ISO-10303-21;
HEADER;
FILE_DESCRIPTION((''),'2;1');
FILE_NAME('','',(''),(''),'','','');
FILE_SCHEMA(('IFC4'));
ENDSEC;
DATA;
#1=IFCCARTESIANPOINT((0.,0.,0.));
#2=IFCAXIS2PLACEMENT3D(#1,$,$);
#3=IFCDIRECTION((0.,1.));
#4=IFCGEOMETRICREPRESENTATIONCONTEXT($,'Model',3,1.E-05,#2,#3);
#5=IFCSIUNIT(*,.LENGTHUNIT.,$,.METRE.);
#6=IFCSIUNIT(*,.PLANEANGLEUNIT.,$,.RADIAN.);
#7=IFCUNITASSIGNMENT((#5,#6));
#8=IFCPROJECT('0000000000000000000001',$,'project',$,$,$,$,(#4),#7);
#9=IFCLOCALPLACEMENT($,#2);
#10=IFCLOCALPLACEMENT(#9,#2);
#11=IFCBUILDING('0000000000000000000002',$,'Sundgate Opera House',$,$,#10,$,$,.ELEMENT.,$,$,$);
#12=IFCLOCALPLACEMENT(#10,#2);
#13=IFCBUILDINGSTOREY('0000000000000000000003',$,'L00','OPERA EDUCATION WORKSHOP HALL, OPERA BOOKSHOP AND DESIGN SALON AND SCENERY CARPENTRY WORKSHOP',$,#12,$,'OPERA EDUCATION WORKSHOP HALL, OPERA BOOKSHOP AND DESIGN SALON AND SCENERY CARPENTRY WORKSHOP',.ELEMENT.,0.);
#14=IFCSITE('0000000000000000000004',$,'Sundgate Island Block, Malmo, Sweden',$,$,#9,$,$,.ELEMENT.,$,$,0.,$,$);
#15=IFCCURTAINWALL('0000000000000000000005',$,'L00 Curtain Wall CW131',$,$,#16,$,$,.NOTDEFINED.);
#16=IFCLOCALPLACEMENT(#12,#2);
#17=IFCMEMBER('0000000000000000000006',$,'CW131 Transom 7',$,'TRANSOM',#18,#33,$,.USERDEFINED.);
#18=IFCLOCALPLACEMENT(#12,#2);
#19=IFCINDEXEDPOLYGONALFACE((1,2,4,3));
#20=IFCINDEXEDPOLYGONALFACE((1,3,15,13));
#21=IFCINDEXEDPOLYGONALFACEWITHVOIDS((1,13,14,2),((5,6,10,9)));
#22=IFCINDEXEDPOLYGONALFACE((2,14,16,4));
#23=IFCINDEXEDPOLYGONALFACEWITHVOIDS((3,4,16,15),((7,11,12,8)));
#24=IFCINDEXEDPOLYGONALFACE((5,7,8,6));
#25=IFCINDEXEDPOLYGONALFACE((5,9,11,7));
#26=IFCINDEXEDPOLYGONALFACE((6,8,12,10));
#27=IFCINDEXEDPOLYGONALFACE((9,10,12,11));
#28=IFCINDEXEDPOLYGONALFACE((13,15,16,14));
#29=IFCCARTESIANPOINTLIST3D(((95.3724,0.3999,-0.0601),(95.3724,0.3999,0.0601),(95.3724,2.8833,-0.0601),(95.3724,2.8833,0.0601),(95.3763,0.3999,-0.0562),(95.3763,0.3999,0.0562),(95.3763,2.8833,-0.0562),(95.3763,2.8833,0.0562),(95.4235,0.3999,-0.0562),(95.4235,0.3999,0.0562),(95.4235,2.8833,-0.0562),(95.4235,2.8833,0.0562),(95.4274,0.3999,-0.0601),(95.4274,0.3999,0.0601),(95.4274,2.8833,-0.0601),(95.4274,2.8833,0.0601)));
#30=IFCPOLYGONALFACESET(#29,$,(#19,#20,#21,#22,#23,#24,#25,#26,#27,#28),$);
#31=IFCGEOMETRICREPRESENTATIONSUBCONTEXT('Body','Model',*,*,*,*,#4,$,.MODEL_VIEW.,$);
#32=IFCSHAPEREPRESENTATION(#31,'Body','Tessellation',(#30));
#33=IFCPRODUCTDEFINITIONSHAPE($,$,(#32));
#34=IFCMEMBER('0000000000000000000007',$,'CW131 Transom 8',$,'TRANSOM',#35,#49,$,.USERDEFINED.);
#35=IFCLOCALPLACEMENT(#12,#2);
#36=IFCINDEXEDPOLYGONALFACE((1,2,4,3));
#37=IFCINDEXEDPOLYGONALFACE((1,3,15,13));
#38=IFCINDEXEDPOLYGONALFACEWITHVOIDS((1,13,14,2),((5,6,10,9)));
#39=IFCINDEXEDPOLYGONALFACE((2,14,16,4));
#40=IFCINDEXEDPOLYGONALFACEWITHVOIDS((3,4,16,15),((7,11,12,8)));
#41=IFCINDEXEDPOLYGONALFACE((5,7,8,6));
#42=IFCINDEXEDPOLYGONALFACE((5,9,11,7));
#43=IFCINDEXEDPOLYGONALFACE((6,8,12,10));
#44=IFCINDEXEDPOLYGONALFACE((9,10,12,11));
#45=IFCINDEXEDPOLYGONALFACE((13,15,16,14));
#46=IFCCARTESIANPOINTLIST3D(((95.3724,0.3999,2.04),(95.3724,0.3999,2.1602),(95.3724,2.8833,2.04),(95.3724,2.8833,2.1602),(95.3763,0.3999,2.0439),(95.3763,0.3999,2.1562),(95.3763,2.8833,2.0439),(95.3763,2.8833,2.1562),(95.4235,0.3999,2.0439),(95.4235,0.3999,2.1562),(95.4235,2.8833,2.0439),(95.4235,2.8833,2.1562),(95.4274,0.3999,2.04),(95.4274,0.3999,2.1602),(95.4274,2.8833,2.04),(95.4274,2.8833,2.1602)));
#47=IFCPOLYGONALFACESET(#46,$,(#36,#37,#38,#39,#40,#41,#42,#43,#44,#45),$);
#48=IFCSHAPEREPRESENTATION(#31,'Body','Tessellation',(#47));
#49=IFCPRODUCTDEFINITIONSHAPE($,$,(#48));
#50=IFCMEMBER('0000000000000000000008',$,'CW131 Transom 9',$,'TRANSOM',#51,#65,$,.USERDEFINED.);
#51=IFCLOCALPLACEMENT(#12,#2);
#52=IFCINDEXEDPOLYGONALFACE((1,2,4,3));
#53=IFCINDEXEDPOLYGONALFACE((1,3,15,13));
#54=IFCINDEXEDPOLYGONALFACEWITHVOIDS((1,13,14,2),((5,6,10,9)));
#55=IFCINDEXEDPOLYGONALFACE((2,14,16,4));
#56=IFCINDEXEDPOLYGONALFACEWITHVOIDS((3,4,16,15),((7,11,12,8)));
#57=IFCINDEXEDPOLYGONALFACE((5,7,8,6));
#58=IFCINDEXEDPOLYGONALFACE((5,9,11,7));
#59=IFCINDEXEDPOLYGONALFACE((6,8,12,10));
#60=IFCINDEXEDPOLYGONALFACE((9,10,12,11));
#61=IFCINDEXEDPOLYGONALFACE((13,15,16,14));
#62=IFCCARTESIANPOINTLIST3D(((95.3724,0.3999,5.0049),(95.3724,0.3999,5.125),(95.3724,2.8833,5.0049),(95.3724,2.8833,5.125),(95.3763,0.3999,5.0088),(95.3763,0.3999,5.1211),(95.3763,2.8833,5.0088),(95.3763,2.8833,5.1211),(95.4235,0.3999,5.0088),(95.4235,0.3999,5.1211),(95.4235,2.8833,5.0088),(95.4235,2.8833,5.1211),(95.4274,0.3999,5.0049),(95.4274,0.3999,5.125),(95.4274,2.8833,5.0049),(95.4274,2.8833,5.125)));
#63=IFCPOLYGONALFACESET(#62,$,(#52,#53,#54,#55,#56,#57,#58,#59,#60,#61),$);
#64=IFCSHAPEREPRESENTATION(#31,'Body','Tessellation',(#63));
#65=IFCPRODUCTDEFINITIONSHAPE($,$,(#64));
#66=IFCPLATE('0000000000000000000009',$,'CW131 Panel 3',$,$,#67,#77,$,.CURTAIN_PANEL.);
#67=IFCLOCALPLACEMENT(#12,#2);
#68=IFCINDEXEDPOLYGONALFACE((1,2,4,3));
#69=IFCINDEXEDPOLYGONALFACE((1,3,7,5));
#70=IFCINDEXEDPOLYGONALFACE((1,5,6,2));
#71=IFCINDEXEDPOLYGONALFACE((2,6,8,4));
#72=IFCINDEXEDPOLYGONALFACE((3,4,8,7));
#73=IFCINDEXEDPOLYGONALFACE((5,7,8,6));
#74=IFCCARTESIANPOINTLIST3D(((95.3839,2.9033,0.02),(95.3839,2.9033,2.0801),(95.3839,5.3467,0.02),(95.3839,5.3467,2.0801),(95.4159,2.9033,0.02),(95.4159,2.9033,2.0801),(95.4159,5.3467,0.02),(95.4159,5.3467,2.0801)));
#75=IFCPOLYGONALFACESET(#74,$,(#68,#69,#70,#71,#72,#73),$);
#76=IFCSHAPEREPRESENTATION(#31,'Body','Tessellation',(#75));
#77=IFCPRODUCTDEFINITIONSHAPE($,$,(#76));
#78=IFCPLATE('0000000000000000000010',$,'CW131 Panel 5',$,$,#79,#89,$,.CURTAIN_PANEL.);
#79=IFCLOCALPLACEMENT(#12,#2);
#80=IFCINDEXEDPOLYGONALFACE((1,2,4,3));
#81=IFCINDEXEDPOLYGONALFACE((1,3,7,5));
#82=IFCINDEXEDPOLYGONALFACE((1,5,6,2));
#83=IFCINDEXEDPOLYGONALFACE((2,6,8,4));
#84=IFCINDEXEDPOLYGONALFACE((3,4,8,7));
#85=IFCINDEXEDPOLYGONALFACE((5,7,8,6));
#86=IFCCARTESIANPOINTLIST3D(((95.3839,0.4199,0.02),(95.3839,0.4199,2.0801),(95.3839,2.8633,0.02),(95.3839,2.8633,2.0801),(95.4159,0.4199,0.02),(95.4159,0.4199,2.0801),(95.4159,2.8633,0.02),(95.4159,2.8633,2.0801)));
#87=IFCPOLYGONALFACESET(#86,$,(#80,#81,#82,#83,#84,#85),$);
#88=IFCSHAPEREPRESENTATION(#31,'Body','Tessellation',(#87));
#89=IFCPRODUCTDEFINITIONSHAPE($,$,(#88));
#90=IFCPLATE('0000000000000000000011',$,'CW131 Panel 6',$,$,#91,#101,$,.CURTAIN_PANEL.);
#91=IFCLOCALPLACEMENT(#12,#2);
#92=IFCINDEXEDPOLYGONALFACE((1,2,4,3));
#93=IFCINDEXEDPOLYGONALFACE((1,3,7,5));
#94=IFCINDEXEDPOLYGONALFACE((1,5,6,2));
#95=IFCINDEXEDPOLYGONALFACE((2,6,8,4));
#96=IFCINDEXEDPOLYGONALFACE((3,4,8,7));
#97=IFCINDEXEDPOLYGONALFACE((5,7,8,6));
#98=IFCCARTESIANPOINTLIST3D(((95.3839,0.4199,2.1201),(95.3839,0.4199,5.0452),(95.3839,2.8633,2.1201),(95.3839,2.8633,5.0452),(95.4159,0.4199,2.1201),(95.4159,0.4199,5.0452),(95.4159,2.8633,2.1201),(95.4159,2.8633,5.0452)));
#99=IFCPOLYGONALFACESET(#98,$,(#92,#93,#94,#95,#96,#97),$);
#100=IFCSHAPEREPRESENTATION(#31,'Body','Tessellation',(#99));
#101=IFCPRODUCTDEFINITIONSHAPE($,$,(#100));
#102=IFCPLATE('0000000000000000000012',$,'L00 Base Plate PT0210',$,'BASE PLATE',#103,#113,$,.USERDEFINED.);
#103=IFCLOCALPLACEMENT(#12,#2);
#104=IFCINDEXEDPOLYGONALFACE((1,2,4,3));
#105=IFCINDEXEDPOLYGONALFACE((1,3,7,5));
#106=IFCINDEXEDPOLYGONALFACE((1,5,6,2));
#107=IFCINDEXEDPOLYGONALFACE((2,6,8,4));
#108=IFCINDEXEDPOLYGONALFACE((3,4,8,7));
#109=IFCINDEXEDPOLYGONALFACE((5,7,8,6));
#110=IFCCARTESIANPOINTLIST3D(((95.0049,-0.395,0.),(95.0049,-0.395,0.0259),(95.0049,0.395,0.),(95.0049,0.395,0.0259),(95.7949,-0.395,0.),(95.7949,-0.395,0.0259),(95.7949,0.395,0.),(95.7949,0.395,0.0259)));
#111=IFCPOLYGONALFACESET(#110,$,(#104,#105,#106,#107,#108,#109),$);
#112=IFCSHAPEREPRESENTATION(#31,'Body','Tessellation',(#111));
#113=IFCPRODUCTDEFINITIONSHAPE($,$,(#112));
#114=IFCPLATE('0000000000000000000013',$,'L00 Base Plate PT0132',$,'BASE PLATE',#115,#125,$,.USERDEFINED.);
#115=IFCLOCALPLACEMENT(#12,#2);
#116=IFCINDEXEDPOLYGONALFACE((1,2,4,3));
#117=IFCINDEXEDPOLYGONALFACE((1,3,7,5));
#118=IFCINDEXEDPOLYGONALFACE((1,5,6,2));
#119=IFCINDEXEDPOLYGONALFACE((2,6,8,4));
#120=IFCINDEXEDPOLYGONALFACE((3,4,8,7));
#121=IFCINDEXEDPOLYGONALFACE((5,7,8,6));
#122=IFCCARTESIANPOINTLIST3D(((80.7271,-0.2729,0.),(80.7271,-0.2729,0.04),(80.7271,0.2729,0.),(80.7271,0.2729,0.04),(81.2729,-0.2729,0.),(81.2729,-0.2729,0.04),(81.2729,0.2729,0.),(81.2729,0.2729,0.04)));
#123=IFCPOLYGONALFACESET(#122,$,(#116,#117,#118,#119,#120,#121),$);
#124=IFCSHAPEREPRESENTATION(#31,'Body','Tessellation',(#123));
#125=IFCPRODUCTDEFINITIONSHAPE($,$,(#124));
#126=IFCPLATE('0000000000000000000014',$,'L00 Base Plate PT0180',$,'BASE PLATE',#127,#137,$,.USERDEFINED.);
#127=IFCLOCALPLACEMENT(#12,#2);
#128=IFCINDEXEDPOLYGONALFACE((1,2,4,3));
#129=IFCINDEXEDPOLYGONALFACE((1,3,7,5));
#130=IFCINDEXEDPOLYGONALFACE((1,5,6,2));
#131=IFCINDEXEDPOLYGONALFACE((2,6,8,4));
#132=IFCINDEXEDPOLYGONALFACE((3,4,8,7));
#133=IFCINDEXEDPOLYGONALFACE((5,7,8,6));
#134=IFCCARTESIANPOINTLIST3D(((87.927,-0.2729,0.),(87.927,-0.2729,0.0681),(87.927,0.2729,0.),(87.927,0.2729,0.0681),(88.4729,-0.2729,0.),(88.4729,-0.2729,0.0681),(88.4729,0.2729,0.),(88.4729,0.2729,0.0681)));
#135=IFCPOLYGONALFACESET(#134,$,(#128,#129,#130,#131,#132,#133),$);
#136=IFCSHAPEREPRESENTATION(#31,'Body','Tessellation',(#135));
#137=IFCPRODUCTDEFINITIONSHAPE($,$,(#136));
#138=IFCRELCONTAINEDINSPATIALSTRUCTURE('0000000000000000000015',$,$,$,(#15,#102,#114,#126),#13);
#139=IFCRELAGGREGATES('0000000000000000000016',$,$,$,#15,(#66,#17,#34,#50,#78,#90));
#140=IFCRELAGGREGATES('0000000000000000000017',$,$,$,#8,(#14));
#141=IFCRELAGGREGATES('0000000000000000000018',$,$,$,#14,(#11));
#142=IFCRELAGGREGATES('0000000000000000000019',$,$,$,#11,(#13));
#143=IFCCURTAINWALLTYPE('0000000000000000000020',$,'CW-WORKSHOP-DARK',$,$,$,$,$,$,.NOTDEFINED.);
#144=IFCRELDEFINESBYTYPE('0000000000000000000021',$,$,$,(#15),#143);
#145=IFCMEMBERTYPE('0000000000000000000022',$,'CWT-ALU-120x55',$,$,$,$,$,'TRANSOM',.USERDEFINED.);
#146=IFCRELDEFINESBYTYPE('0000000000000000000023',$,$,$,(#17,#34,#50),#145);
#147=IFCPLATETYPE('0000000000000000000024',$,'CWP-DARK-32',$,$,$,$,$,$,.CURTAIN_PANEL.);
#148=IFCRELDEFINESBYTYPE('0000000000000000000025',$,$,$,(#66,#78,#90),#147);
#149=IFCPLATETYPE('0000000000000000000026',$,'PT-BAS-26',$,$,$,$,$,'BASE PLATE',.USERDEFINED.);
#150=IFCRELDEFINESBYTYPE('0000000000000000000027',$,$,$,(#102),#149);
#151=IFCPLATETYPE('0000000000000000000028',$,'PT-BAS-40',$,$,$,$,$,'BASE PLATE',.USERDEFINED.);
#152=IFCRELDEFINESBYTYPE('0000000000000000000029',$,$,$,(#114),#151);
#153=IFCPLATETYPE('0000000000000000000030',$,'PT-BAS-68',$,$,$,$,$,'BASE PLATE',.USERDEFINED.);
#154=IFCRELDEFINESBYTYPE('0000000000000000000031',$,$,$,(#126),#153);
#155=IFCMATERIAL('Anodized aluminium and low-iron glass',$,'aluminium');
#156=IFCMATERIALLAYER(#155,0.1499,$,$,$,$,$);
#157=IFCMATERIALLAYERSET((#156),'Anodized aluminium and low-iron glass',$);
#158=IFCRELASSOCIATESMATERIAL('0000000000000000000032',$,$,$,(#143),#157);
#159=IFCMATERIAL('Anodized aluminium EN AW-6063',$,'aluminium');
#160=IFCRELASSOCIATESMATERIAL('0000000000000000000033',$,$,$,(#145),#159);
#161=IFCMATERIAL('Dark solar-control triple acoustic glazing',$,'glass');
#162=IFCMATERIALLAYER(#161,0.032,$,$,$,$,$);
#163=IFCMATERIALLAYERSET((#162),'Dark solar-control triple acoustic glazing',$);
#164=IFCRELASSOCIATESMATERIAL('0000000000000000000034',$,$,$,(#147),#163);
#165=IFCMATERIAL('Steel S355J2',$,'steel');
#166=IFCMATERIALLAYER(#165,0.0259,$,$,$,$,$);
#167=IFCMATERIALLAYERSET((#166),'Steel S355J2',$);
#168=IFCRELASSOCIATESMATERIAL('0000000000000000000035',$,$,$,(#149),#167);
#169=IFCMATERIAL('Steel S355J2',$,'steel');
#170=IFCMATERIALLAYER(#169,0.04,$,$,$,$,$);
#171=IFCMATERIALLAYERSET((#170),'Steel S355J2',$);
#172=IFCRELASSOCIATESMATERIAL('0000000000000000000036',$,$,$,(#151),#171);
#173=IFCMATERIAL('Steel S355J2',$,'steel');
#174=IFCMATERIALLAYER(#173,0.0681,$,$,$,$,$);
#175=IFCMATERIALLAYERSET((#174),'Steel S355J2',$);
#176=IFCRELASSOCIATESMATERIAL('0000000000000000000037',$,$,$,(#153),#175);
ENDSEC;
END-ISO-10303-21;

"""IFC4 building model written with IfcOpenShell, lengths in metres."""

from ifc_helpers import new_model, si_unit, direction, frame, origin, origin_2d, place, context, subcontext, project, spatial, rectangle, hollow_rectangle, extrude, material, layer, layer_set, material_profile, profile_set, type_object, element, aggregate, save


model = new_model("IFC4")

# Units and contexts
model_context = context("Model", 3, precision=1e-05, world=origin(), true_north=direction((0.0, 1.0)))
body_context = subcontext(model_context, "Body", "Model", "MODEL_VIEW")
ifc_project = project(units=[si_unit("LENGTHUNIT", "METRE"), si_unit("PLANEANGLEUNIT", "RADIAN")], contexts=[model_context])

# Site, building, storey
site_placement = place(None, origin())
site = spatial("IfcSite", under=ifc_project, at=site_placement, Name="Sundgate Island Block, Malmo, Sweden", CompositionType="ELEMENT", RefElevation=0.0)
building_placement = place(site_placement, origin())
building = spatial("IfcBuilding", under=site, at=building_placement, Name="Sundgate Opera House", CompositionType="ELEMENT")
storey_placement = place(building_placement, origin())
storey = spatial("IfcBuildingStorey", under=building, at=storey_placement, Name="L00", Description="OPERA EDUCATION WORKSHOP HALL, OPERA BOOKSHOP AND DESIGN SALON AND SCENERY CARPENTRY WORKSHOP", LongName="OPERA EDUCATION WORKSHOP HALL, OPERA BOOKSHOP AND DESIGN SALON AND SCENERY CARPENTRY WORKSHOP", CompositionType="ELEMENT", Elevation=0.0)

# Curtain wall, members, plates
ifc_material_1 = material(Name="Anodized aluminium and low-iron glass", Category="aluminium")
ifc_layer_1 = layer(ifc_material_1, 0.1499)
ifc_layer_set_1 = layer_set([ifc_layer_1], Name="Anodized aluminium and low-iron glass")
curtain_wall_type = type_object("IfcCurtainWallType", Name="CW-WORKSHOP-DARK", PredefinedType="NOTDEFINED", material=ifc_layer_set_1)
curtain_wall_placement = place(storey_placement, origin())
curtain_wall = element("IfcCurtainWall", 1, at=curtain_wall_placement, inside=storey, type_object=curtain_wall_type, Name="L00 Curtain Wall CW131", PredefinedType="NOTDEFINED")
ifc_material_2 = material(Name="Anodized aluminium EN AW-6063", Category="aluminium")
ifc_material_profile_1 = material_profile(ifc_material_2, hollow_rectangle(XDim=0.0549, YDim=0.1201, WallThickness=0.0039, at=origin_2d()), Name="CWT 120x55x4")
ifc_profile_set_1 = profile_set([ifc_material_profile_1], Name="Anodized aluminium EN AW-6063")
member_type_1 = type_object("IfcMemberType", Name="CWT-ALU-120x55", ElementType="TRANSOM", PredefinedType="USERDEFINED", material=ifc_profile_set_1)
member_1_placement = place(storey_placement, frame((95.3999, 2.8833, 0.0), z_axis=(0.0, -1.0, 0.0), x_axis=(1.0, 0.0, 0.0)))
member_1 = element("IfcMember", 2, at=member_1_placement, type_object=member_type_1, Name="CW131 Transom 7", ObjectType="TRANSOM", PredefinedType="USERDEFINED", context=body_context, shape_type="SweptSolid", body=[
    extrude(hollow_rectangle(XDim=0.0549, YDim=0.1201, WallThickness=0.0039, at=origin_2d()), origin(), (0.0, 0.0, 1.0), 2.4834),
])
member_2_placement = place(storey_placement, frame((95.3999, 2.8833, 2.1001), z_axis=(0.0, -1.0, 0.0), x_axis=(1.0, 0.0, 0.0)))
member_2 = element("IfcMember", 3, at=member_2_placement, type_object=member_type_1, Name="CW131 Transom 8", ObjectType="TRANSOM", PredefinedType="USERDEFINED", context=body_context, shape_type="SweptSolid", body=[
    extrude(hollow_rectangle(XDim=0.0549, YDim=0.1201, WallThickness=0.0039, at=origin_2d()), origin(), (0.0, 0.0, 1.0), 2.4834),
])
member_3_placement = place(storey_placement, frame((95.3999, 2.8833, 5.0649), z_axis=(0.0, -1.0, 0.0), x_axis=(1.0, 0.0, 0.0)))
member_3 = element("IfcMember", 4, at=member_3_placement, type_object=member_type_1, Name="CW131 Transom 9", ObjectType="TRANSOM", PredefinedType="USERDEFINED", context=body_context, shape_type="SweptSolid", body=[
    extrude(hollow_rectangle(XDim=0.0549, YDim=0.1201, WallThickness=0.0039, at=origin_2d()), origin(), (0.0, 0.0, 1.0), 2.4834),
])
ifc_material_3 = material(Name="Dark solar-control triple acoustic glazing", Category="glass")
ifc_layer_2 = layer(ifc_material_3, 0.032)
ifc_layer_set_2 = layer_set([ifc_layer_2], Name="Dark solar-control triple acoustic glazing")
plate_type_1 = type_object("IfcPlateType", Name="CWP-DARK-32", PredefinedType="CURTAIN_PANEL", material=ifc_layer_set_2)
plate_1_placement = place(storey_placement, frame((95.3999, 4.125, 0.02), z_axis=(0.0, 0.0, 1.0), x_axis=(0.0, -1.0, 0.0)))
plate_1 = element("IfcPlate", 5, at=plate_1_placement, type_object=plate_type_1, Name="CW131 Panel 3", PredefinedType="CURTAIN_PANEL", context=body_context, shape_type="SweptSolid", body=[
    extrude(rectangle(XDim=2.4434, YDim=0.032, at=origin_2d()), origin(), (0.0, 0.0, 1.0), 2.0601),
])
plate_2_placement = place(storey_placement, frame((95.3999, 1.6416, 0.02), z_axis=(0.0, 0.0, 1.0), x_axis=(0.0, -1.0, 0.0)))
plate_2 = element("IfcPlate", 6, at=plate_2_placement, type_object=plate_type_1, Name="CW131 Panel 5", PredefinedType="CURTAIN_PANEL", context=body_context, shape_type="SweptSolid", body=[
    extrude(rectangle(XDim=2.4434, YDim=0.032, at=origin_2d()), origin(), (0.0, 0.0, 1.0), 2.0601),
])
plate_3_placement = place(storey_placement, frame((95.3999, 1.6416, 2.1201), z_axis=(0.0, 0.0, 1.0), x_axis=(0.0, -1.0, 0.0)))
plate_3 = element("IfcPlate", 7, at=plate_3_placement, type_object=plate_type_1, Name="CW131 Panel 6", PredefinedType="CURTAIN_PANEL", context=body_context, shape_type="SweptSolid", body=[
    extrude(rectangle(XDim=2.4434, YDim=0.032, at=origin_2d()), origin(), (0.0, 0.0, 1.0), 2.925),
])
aggregate(curtain_wall, [plate_1, member_1, member_2, member_3, plate_2, plate_3])

# Plates
ifc_material_4 = material(Name="Steel S355J2", Category="steel")
ifc_layer_3 = layer(ifc_material_4, 0.0259)
ifc_layer_set_3 = layer_set([ifc_layer_3], Name="Steel S355J2")
plate_type_2 = type_object("IfcPlateType", Name="PT-BAS-26", ElementType="BASE PLATE", PredefinedType="USERDEFINED", material=ifc_layer_set_3)
plate_4_placement = place(storey_placement, frame((95.3999, 0.0, 0.0), z_axis=(0.0, 0.0, 1.0), x_axis=(1.0, 0.0, 0.0)))
element("IfcPlate", 8, at=plate_4_placement, inside=storey, type_object=plate_type_2, Name="L00 Base Plate PT0210", ObjectType="BASE PLATE", PredefinedType="USERDEFINED", context=body_context, shape_type="SweptSolid", body=[
    extrude(rectangle(XDim=0.79, YDim=0.79, at=origin_2d()), origin(), (0.0, 0.0, 1.0), 0.0259),
])
ifc_material_5 = material(Name="Steel S355J2", Category="steel")
ifc_layer_4 = layer(ifc_material_5, 0.04)
ifc_layer_set_4 = layer_set([ifc_layer_4], Name="Steel S355J2")
plate_type_3 = type_object("IfcPlateType", Name="PT-BAS-40", ElementType="BASE PLATE", PredefinedType="USERDEFINED", material=ifc_layer_set_4)
plate_5_placement = place(storey_placement, frame((81.0, 0.0, 0.0), z_axis=(0.0, 0.0, 1.0), x_axis=(1.0, 0.0, 0.0)))
element("IfcPlate", 9, at=plate_5_placement, inside=storey, type_object=plate_type_3, Name="L00 Base Plate PT0132", ObjectType="BASE PLATE", PredefinedType="USERDEFINED", context=body_context, shape_type="SweptSolid", body=[
    extrude(rectangle(XDim=0.5459, YDim=0.5459, at=origin_2d()), origin(), (0.0, 0.0, 1.0), 0.04),
])
ifc_material_6 = material(Name="Steel S355J2", Category="steel")
ifc_layer_5 = layer(ifc_material_6, 0.0681)
ifc_layer_set_5 = layer_set([ifc_layer_5], Name="Steel S355J2")
plate_type_4 = type_object("IfcPlateType", Name="PT-BAS-68", ElementType="BASE PLATE", PredefinedType="USERDEFINED", material=ifc_layer_set_5)
plate_6_placement = place(storey_placement, frame((88.2, 0.0, 0.0), z_axis=(0.0, 0.0, 1.0), x_axis=(1.0, 0.0, 0.0)))
element("IfcPlate", 10, at=plate_6_placement, inside=storey, type_object=plate_type_4, Name="L00 Base Plate PT0180", ObjectType="BASE PLATE", PredefinedType="USERDEFINED", context=body_context, shape_type="SweptSolid", body=[
    extrude(rectangle(XDim=0.5459, YDim=0.5459, at=origin_2d()), origin(), (0.0, 0.0, 1.0), 0.0681),
])

save(model, "model.ifc")
